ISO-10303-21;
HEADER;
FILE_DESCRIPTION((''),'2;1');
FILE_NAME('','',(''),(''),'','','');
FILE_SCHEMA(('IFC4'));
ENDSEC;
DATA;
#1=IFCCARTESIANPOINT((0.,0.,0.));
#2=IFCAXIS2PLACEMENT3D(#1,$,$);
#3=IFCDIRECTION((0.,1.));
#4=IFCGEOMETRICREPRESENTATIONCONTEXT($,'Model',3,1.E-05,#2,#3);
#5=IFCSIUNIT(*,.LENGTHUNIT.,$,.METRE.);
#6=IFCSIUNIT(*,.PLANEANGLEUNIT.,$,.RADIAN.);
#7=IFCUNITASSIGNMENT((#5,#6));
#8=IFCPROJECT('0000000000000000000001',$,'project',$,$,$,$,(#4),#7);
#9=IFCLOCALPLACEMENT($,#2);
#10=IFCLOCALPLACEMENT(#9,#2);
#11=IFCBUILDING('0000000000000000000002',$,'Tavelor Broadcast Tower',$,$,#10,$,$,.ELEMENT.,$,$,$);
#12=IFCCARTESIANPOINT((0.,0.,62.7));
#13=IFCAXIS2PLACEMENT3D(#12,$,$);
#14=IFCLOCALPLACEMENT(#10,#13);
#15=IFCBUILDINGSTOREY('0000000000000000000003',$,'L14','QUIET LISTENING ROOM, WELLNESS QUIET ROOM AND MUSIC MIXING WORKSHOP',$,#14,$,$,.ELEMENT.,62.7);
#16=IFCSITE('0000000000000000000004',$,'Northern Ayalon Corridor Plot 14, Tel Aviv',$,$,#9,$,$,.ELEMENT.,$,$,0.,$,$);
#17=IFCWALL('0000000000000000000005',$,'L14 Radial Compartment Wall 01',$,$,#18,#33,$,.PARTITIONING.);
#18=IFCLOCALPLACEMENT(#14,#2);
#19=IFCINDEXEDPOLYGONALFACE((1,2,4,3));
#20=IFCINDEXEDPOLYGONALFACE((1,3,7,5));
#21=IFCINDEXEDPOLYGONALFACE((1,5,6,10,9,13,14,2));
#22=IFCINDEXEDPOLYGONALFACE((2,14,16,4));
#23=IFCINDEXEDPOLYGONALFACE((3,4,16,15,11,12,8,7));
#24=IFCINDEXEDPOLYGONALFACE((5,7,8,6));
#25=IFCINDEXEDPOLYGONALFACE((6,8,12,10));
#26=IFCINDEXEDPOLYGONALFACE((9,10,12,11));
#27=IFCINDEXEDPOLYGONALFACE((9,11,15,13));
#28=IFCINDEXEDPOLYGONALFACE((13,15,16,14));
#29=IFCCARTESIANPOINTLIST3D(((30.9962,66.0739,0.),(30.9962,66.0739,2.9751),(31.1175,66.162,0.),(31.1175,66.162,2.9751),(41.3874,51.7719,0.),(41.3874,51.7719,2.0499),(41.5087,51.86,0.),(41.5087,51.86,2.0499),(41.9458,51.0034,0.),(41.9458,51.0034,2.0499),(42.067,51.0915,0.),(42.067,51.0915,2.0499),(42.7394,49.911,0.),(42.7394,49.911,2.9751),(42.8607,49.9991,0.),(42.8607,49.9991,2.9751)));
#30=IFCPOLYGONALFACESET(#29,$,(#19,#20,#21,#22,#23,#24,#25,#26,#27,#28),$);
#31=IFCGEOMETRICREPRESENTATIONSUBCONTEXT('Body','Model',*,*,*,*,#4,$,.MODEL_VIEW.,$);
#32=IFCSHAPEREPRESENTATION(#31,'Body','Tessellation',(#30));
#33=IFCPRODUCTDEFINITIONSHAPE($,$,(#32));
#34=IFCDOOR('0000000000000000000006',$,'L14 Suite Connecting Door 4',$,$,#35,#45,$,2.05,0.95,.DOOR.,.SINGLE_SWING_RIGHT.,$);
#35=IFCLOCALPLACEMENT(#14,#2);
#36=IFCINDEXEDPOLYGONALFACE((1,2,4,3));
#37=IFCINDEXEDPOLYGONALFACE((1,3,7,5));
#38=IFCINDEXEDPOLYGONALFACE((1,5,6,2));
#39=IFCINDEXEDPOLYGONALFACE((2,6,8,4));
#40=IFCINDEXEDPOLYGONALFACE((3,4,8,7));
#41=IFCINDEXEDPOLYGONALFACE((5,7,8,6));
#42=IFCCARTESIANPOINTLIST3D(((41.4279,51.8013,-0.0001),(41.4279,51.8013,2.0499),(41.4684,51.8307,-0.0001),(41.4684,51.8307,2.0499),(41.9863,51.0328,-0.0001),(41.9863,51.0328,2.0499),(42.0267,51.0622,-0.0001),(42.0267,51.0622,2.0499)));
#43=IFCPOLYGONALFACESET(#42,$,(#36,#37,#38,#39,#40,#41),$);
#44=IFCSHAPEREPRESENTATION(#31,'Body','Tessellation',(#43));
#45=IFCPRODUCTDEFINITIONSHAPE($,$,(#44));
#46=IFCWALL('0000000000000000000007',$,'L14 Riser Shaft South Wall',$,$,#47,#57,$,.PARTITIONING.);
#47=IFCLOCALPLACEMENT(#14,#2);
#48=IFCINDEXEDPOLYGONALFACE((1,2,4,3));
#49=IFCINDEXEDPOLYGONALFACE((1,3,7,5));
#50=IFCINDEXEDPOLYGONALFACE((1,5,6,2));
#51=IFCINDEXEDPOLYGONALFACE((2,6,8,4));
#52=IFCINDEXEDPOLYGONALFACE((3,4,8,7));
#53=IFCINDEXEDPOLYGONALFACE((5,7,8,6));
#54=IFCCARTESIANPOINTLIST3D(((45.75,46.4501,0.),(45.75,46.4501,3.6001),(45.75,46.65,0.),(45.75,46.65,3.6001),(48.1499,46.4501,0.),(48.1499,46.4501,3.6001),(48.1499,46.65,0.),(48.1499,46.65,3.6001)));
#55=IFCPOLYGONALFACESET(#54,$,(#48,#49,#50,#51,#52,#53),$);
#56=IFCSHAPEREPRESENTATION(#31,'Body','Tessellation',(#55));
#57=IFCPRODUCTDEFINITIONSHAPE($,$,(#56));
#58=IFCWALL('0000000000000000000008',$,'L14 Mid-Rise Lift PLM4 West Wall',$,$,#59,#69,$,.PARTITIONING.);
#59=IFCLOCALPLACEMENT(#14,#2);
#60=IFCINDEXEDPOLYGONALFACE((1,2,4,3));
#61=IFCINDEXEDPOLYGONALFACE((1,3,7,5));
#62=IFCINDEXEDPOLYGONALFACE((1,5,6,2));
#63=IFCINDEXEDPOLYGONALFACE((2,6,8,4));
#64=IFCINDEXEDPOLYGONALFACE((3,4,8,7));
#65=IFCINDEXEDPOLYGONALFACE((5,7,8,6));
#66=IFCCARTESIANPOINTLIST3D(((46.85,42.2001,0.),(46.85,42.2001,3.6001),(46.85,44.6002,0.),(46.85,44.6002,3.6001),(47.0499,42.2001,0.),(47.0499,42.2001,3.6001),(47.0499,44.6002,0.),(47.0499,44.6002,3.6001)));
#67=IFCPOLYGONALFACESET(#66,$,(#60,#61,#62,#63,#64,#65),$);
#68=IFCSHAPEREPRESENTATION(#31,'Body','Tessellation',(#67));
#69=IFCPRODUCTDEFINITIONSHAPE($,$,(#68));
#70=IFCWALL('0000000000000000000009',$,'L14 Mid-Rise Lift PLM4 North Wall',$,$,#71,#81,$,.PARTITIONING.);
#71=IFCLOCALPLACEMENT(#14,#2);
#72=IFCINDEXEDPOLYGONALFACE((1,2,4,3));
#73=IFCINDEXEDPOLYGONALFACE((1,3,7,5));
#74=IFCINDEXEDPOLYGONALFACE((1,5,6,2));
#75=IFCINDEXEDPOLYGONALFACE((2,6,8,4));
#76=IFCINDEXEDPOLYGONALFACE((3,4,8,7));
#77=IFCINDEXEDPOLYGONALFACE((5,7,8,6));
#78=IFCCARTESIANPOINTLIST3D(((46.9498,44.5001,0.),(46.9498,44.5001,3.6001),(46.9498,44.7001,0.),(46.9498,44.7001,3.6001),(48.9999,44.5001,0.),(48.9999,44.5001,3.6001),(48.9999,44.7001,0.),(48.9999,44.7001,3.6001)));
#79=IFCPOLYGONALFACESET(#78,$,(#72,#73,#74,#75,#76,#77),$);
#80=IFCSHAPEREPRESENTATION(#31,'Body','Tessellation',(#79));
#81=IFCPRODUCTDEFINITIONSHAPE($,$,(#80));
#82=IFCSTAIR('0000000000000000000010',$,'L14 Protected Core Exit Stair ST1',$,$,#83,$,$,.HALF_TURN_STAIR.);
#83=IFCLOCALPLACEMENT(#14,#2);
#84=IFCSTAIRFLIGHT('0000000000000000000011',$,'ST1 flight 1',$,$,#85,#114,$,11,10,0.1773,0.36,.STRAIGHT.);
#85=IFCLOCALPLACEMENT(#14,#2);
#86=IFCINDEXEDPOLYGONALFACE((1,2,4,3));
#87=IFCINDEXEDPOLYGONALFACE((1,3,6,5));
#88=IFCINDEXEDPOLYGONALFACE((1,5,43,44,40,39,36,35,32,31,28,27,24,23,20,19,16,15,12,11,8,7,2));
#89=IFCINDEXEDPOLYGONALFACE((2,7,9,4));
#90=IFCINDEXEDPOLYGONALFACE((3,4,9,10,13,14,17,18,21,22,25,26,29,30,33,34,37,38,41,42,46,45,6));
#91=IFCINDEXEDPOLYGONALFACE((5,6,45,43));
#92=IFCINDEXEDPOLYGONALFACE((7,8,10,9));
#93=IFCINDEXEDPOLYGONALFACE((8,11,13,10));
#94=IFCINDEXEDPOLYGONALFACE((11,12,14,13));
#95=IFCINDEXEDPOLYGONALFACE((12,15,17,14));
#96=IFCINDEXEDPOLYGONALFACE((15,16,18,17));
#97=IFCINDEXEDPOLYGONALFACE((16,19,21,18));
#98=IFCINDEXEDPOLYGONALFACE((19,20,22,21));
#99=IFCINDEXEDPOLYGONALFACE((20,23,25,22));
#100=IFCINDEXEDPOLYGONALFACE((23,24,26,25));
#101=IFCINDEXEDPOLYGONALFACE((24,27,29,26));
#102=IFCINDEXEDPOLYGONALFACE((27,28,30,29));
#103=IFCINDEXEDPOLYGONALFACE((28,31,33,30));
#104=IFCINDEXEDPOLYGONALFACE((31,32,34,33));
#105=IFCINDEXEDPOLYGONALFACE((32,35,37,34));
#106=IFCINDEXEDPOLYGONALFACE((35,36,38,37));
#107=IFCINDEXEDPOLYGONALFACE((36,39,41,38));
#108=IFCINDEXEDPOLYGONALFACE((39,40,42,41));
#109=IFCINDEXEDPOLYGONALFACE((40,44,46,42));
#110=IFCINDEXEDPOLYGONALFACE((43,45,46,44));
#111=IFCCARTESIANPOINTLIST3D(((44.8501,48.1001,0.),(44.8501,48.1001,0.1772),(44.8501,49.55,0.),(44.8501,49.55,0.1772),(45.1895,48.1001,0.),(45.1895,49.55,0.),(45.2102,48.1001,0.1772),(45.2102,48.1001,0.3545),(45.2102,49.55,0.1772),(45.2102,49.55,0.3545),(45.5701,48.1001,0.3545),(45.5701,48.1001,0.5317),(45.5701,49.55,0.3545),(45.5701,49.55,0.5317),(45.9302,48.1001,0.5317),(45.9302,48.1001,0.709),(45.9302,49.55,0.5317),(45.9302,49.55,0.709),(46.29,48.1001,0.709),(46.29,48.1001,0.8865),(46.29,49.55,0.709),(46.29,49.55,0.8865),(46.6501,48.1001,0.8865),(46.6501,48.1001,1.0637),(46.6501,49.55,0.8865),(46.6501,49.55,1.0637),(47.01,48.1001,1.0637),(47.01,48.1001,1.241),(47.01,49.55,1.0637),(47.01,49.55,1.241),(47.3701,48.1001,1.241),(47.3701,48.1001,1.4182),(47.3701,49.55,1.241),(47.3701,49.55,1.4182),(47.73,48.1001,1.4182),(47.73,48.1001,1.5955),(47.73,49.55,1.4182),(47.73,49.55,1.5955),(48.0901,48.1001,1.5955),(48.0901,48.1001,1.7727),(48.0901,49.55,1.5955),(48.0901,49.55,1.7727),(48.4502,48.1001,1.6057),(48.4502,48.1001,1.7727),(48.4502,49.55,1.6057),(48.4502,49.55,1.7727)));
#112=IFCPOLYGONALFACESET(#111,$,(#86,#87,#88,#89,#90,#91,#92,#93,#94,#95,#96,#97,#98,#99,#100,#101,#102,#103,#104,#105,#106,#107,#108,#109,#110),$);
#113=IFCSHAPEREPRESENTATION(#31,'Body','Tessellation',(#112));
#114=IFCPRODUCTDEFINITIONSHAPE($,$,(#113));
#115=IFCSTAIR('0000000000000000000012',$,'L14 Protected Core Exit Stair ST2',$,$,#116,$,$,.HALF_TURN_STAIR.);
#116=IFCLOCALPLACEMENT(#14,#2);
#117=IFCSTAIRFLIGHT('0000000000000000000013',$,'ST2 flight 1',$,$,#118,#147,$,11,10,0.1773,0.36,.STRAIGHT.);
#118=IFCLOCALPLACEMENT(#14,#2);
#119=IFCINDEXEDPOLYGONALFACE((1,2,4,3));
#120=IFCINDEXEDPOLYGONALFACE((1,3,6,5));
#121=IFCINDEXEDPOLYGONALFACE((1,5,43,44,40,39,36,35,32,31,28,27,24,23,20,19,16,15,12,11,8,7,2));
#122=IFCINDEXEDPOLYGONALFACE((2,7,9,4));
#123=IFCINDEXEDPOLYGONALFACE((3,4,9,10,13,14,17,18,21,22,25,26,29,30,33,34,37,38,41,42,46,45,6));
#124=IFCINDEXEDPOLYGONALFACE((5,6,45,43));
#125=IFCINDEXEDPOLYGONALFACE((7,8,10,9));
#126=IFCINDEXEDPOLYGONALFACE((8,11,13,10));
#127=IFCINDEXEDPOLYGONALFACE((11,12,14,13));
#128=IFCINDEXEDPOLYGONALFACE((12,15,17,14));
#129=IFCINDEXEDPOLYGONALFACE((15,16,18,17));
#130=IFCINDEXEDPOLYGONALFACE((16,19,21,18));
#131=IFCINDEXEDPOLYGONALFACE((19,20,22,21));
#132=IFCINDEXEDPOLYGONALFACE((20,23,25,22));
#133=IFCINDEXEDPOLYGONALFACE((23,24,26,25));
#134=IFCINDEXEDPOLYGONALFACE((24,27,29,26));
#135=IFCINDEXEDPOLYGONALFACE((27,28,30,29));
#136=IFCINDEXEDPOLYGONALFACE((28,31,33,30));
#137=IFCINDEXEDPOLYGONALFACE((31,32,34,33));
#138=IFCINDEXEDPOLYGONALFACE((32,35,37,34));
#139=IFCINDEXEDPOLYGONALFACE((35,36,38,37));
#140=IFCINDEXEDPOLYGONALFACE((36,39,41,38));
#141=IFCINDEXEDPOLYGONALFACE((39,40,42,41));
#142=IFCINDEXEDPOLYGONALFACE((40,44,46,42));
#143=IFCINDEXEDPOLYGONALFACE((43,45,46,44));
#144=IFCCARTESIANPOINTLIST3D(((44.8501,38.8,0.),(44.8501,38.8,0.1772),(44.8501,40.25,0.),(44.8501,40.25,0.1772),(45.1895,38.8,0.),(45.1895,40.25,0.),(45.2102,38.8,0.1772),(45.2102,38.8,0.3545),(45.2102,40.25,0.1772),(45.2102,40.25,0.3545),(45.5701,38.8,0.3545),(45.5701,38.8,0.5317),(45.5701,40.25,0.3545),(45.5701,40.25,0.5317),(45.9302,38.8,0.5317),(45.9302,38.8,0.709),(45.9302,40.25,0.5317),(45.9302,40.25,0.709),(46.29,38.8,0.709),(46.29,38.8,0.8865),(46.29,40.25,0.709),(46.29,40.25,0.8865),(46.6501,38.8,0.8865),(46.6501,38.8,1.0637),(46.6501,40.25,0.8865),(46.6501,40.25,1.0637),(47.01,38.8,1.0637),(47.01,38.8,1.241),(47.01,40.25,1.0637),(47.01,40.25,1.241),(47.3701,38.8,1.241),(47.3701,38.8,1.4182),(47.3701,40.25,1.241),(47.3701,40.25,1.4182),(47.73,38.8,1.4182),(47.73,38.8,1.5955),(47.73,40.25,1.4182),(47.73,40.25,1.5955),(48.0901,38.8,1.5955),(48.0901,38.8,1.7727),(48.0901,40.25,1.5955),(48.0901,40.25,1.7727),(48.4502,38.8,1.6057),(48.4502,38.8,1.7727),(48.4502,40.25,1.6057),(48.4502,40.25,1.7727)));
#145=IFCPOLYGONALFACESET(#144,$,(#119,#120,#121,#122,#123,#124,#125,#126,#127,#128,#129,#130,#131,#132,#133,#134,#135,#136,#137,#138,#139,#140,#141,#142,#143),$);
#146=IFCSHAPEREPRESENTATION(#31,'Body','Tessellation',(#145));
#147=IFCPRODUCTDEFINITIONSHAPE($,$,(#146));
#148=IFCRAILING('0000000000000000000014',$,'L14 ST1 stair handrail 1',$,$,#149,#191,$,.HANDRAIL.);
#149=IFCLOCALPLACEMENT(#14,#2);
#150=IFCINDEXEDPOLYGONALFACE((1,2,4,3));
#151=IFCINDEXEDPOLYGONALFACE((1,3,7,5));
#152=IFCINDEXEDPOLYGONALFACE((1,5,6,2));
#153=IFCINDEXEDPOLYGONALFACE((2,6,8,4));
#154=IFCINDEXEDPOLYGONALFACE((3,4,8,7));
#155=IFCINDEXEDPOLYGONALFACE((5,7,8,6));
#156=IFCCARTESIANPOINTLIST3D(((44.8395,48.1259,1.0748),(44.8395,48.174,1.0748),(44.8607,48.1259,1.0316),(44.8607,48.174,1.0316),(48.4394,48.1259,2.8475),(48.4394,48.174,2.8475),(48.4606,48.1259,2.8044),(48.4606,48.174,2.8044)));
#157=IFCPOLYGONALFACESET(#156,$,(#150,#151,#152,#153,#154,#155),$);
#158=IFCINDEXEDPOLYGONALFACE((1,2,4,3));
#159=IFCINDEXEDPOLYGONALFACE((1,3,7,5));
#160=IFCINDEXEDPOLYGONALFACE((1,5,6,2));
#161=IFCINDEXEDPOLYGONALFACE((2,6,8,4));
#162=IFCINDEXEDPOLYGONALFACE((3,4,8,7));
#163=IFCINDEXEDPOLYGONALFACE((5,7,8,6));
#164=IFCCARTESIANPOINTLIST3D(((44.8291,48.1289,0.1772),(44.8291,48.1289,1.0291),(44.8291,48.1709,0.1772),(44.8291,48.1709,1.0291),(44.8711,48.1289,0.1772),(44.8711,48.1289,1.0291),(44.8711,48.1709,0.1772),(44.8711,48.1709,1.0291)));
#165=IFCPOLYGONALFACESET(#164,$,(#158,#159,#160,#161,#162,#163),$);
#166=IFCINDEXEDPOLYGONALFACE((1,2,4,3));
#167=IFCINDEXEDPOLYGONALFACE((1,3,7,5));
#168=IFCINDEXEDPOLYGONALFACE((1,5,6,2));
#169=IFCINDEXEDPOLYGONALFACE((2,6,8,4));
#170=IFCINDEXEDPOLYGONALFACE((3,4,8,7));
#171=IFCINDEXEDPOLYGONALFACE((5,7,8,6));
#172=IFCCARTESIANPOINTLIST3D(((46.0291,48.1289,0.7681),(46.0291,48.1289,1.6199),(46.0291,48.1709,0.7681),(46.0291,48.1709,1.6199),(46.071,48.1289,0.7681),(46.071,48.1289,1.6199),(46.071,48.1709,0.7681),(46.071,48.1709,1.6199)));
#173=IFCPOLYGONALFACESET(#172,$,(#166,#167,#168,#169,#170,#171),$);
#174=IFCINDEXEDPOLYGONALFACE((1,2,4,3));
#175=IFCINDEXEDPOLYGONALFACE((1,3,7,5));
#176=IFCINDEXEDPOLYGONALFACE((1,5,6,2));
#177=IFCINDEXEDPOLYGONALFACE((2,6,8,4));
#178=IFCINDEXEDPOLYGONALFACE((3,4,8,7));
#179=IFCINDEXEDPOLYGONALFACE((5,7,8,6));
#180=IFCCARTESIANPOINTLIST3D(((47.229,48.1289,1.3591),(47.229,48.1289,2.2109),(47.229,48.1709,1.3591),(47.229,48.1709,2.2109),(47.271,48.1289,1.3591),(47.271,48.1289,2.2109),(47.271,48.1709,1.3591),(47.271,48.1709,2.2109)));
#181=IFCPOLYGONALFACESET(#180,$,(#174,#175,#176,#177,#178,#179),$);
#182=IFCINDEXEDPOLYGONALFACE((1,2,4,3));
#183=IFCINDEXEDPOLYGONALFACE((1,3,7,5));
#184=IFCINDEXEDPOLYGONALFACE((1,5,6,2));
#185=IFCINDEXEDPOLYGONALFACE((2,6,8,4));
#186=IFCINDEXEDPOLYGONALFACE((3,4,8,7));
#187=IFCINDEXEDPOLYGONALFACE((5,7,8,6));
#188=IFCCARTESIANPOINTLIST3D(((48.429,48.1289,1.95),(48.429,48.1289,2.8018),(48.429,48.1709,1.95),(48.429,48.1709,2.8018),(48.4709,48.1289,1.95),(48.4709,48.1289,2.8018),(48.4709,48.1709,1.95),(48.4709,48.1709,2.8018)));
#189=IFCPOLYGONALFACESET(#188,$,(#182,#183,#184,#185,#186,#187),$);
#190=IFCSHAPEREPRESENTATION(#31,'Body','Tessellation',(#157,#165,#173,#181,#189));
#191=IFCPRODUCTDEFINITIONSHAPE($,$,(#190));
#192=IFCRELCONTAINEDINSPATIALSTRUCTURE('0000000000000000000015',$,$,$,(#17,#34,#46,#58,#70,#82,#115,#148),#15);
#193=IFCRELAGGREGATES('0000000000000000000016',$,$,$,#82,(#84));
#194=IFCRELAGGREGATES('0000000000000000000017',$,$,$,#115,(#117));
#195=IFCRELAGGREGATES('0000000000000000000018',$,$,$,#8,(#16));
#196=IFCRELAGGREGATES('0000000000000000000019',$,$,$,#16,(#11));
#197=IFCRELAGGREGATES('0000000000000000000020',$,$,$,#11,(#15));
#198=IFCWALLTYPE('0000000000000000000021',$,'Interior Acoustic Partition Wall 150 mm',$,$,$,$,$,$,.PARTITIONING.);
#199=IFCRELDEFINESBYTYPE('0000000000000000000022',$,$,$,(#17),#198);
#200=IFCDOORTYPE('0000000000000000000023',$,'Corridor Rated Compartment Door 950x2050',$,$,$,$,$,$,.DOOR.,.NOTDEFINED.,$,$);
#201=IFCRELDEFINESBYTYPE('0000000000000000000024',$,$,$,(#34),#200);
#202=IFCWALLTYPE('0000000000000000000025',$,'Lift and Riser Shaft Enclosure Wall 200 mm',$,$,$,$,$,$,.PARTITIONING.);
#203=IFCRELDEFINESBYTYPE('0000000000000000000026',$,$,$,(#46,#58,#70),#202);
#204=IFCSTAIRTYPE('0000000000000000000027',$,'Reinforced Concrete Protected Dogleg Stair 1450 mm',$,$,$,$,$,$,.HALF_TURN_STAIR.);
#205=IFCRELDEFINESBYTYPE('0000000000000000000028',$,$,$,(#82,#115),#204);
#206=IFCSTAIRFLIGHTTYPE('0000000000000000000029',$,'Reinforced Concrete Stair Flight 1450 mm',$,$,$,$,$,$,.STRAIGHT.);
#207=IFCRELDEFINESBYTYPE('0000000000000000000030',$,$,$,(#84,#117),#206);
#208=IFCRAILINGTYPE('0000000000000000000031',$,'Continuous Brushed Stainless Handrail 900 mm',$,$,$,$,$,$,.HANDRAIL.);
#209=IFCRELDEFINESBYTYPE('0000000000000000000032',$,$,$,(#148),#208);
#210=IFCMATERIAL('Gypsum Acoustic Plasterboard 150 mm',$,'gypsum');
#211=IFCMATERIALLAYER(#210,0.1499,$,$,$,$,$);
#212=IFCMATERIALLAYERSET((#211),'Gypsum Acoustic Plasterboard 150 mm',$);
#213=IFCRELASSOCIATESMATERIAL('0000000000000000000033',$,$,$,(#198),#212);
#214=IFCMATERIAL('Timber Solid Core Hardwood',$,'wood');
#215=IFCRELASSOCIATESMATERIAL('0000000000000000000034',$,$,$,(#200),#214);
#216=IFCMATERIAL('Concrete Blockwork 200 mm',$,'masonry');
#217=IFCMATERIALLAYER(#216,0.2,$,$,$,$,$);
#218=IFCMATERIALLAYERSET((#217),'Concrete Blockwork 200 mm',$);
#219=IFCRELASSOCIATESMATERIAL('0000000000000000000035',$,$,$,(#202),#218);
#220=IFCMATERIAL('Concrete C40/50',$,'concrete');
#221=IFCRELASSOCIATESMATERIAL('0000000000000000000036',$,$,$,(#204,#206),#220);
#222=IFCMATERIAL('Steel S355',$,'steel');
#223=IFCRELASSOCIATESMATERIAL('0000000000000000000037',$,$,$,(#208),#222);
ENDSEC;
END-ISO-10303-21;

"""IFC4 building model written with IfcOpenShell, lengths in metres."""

from ifc_helpers import new_model, si_unit, direction, frame, frame_2d, origin, origin_2d, place, context, subcontext, project, spatial, polyline, rectangle, outline, extrude, material, layer, layer_set, type_object, element, fill, aggregate, save


model = new_model("IFC4")

# Units and contexts
model_context = context("Model", 3, precision=1e-05, world=origin(), true_north=direction((0.0, 1.0)))
body_context = subcontext(model_context, "Body", "Model", "MODEL_VIEW")
ifc_project = project(units=[si_unit("LENGTHUNIT", "METRE"), si_unit("PLANEANGLEUNIT", "RADIAN")], contexts=[model_context])

# Site, building, storey
site_placement = place(None, origin())
site = spatial("IfcSite", under=ifc_project, at=site_placement, Name="Northern Ayalon Corridor Plot 14, Tel Aviv", CompositionType="ELEMENT", RefElevation=0.0)
building_placement = place(site_placement, origin())
building = spatial("IfcBuilding", under=site, at=building_placement, Name="Tavelor Broadcast Tower", CompositionType="ELEMENT")
storey_placement = place(building_placement, frame((0.0, 0.0, 62.7)))
storey = spatial("IfcBuildingStorey", under=building, at=storey_placement, Name="L14", Description="QUIET LISTENING ROOM, WELLNESS QUIET ROOM AND MUSIC MIXING WORKSHOP", CompositionType="ELEMENT", Elevation=62.7)

# Shared definitions
ifc_material_1 = material(Name="Concrete C40/50", Category="concrete")
ifc_material_2 = material(Name="Steel S355", Category="steel")

# Shared definitions
ifc_material_3 = material(Name="Timber Solid Core Hardwood", Category="wood")

# Shared definitions
ifc_material_4 = material(Name="Gypsum Acoustic Plasterboard 150 mm", Category="gypsum")
ifc_layer_1 = layer(ifc_material_4, 0.1499)
ifc_layer_set_1 = layer_set([ifc_layer_1], Name="Gypsum Acoustic Plasterboard 150 mm")
wall_type_1 = type_object("IfcWallType", Name="Interior Acoustic Partition Wall 150 mm", PredefinedType="PARTITIONING", material=ifc_layer_set_1)

# Wall, opening, door
wall_1_placement = place(storey_placement, frame((42.8, 49.9551, 0.0), z_axis=(0.0, 0.0, 1.0), x_axis=(-0.587791, 0.809013, 0.0)))
wall_1 = element("IfcWall", 1, at=wall_1_placement, inside=storey, type_object=wall_type_1, Name="L14 Radial Compartment Wall 01", PredefinedType="PARTITIONING", context=body_context, shape_type="SweptSolid", body=[
    extrude(rectangle(XDim=19.9785, YDim=0.1499, at=frame_2d((9.9893, 0.0))), origin(), (0.0, 0.0, 1.0), 2.9751),
])
opening_1_placement = place(wall_1_placement, frame((1.3501, 0.0, 0.0)))
opening_1 = element("IfcOpeningElement", 2, at=opening_1_placement, cuts=wall_1, PredefinedType="OPENING", context=body_context, shape_type="SweptSolid", body=[
    extrude(rectangle(XDim=0.95, YDim=2.05, at=frame_2d((0.4751, 1.0249))), frame((0.0, 0.085, 0.0), z_axis=(0.0, -1.0, 0.0), x_axis=(1.0, 0.0, 0.0)), (0.0, 0.0, 1.0), 0.1699),
])
door_type_1 = type_object("IfcDoorType", Name="Corridor Rated Compartment Door 950x2050", OperationType="NOTDEFINED", PredefinedType="DOOR", material=ifc_material_3)
door_1_placement = place(opening_1_placement, origin())
door_1 = element("IfcDoor", 3, at=door_1_placement, inside=storey, type_object=door_type_1, Name="L14 Suite Connecting Door 4", OperationType="SINGLE_SWING_RIGHT", OverallHeight=2.05, OverallWidth=0.95, PredefinedType="DOOR", context=body_context, shape_type="SweptSolid", body=[
    extrude(rectangle(XDim=0.95, YDim=2.05, at=frame_2d((0.4751, 1.0249))), frame((0.0, 0.0249, 0.0), z_axis=(0.0, -1.0, 0.0), x_axis=(1.0, 0.0, 0.0)), (0.0, 0.0, 1.0), 0.05),
])
fill(opening_1, door_1)

# Walls
ifc_material_5 = material(Name="Concrete Blockwork 200 mm", Category="masonry")
ifc_layer_2 = layer(ifc_material_5, 0.2)
ifc_layer_set_2 = layer_set([ifc_layer_2], Name="Concrete Blockwork 200 mm")
wall_type_2 = type_object("IfcWallType", Name="Lift and Riser Shaft Enclosure Wall 200 mm", PredefinedType="PARTITIONING", material=ifc_layer_set_2)
wall_2_placement = place(storey_placement, frame((45.75, 46.55, 0.0), z_axis=(0.0, 0.0, 1.0), x_axis=(1.0, 0.0, 0.0)))
element("IfcWall", 4, at=wall_2_placement, inside=storey, type_object=wall_type_2, Name="L14 Riser Shaft South Wall", PredefinedType="PARTITIONING", context=body_context, shape_type="SweptSolid", body=[
    extrude(rectangle(XDim=2.3999, YDim=0.2, at=frame_2d((1.2, 0.0))), origin(), (0.0, 0.0, 1.0), 3.6001),
])
wall_3_placement = place(storey_placement, frame((46.95, 42.2, 0.0), z_axis=(0.0, 0.0, 1.0), x_axis=(0.0, 1.0, 0.0)))
element("IfcWall", 5, at=wall_3_placement, inside=storey, type_object=wall_type_2, Name="L14 Mid-Rise Lift PLM4 West Wall", PredefinedType="PARTITIONING", context=body_context, shape_type="SweptSolid", body=[
    extrude(rectangle(XDim=2.4001, YDim=0.2, at=frame_2d((1.2002, 0.0))), origin(), (0.0, 0.0, 1.0), 3.6001),
])
wall_4_placement = place(storey_placement, frame((46.95, 44.6001, 0.0), z_axis=(0.0, 0.0, 1.0), x_axis=(1.0, 0.0, 0.0)))
element("IfcWall", 6, at=wall_4_placement, inside=storey, type_object=wall_type_2, Name="L14 Mid-Rise Lift PLM4 North Wall", PredefinedType="PARTITIONING", context=body_context, shape_type="SweptSolid", body=[
    extrude(rectangle(XDim=2.05, YDim=0.2, at=frame_2d((1.0249, 0.0))), origin(), (0.0, 0.0, 1.0), 3.6001),
])

# Stairs, stair flights
stair_type = type_object("IfcStairType", Name="Reinforced Concrete Protected Dogleg Stair 1450 mm", PredefinedType="HALF_TURN_STAIR", material=ifc_material_1)
stair_1_placement = place(storey_placement, origin())
stair_1 = element("IfcStair", 7, at=stair_1_placement, inside=storey, type_object=stair_type, Name="L14 Protected Core Exit Stair ST1", PredefinedType="HALF_TURN_STAIR")
stair_flight_type = type_object("IfcStairFlightType", Name="Reinforced Concrete Stair Flight 1450 mm", PredefinedType="STRAIGHT", material=ifc_material_1)
stair_flight_1_placement = place(storey_placement, frame((44.8501, 48.825, 0.0), z_axis=(0.0, 0.0, 1.0), x_axis=(1.0, 0.0, 0.0)))
stair_flight_1 = element("IfcStairFlight", 8, at=stair_flight_1_placement, type_object=stair_flight_type, Name="ST1 flight 1", NumberOfRisers=11, NumberOfTreads=10, PredefinedType="STRAIGHT", RiserHeight=0.1773, TreadLength=0.36, context=body_context, shape_type="SweptSolid", body=[
    extrude(outline(polyline([(0.0, 0.0), (0.0, 0.1772), (0.3601, 0.1772), (0.3601, 0.3545), (0.72, 0.3545), (0.72, 0.5317), (1.0801, 0.5317), (1.0801, 0.709), (1.4399, 0.709), (1.4399, 0.8865), (1.8, 0.8865), (1.8, 1.0637), (2.1599, 1.0637), (2.1599, 1.241), (2.52, 1.241), (2.52, 1.4182), (2.8799, 1.4182), (2.8799, 1.5955), (3.24, 1.5955), (3.24, 1.7727), (3.6001, 1.7727), (3.6001, 1.95), (3.6001, 1.6057), (0.3394, 0.0), (0.0, 0.0)])), frame((0.0, 0.7251, 0.0), z_axis=(0.0, -1.0, 0.0), x_axis=(1.0, 0.0, 0.0)), (0.0, 0.0, 1.0), 1.45),
])
aggregate(stair_1, [stair_flight_1])
stair_2_placement = place(storey_placement, origin())
stair_2 = element("IfcStair", 9, at=stair_2_placement, inside=storey, type_object=stair_type, Name="L14 Protected Core Exit Stair ST2", PredefinedType="HALF_TURN_STAIR")
stair_flight_2_placement = place(storey_placement, frame((44.8501, 39.5249, 0.0), z_axis=(0.0, 0.0, 1.0), x_axis=(1.0, 0.0, 0.0)))
stair_flight_2 = element("IfcStairFlight", 10, at=stair_flight_2_placement, type_object=stair_flight_type, Name="ST2 flight 1", NumberOfRisers=11, NumberOfTreads=10, PredefinedType="STRAIGHT", RiserHeight=0.1773, TreadLength=0.36, context=body_context, shape_type="SweptSolid", body=[
    extrude(outline(polyline([(0.0, 0.0), (0.0, 0.1772), (0.3601, 0.1772), (0.3601, 0.3545), (0.72, 0.3545), (0.72, 0.5317), (1.0801, 0.5317), (1.0801, 0.709), (1.4399, 0.709), (1.4399, 0.8865), (1.8, 0.8865), (1.8, 1.0637), (2.1599, 1.0637), (2.1599, 1.241), (2.52, 1.241), (2.52, 1.4182), (2.8799, 1.4182), (2.8799, 1.5955), (3.24, 1.5955), (3.24, 1.7727), (3.6001, 1.7727), (3.6001, 1.95), (3.6001, 1.6057), (0.3394, 0.0), (0.0, 0.0)])), frame((0.0, 0.7251, 0.0), z_axis=(0.0, -1.0, 0.0), x_axis=(1.0, 0.0, 0.0)), (0.0, 0.0, 1.0), 1.45),
])
aggregate(stair_2, [stair_flight_2])

# Railing
railing_type_1 = type_object("IfcRailingType", Name="Continuous Brushed Stainless Handrail 900 mm", PredefinedType="HANDRAIL", material=ifc_material_2)
railing_1_placement = place(storey_placement, frame((44.8501, 48.1499, 0.1772)))
element("IfcRailing", 11, at=railing_1_placement, inside=storey, type_object=railing_type_1, Name="L14 ST1 stair handrail 1", PredefinedType="HANDRAIL", context=body_context, shape_type="SweptSolid", body=[
    extrude(rectangle(XDim=0.0481, YDim=0.0481, at=origin_2d()), frame((0.0, 0.0, 0.876), z_axis=(0.897124, 0.0, 0.441778), x_axis=(0.0, 1.0, 0.0)), (0.0, 0.0, 1.0), 4.0127),
    extrude(rectangle(XDim=0.042, YDim=0.042, at=origin_2d()), origin(), (0.0, 0.0, 1.0), 0.8518),
    extrude(rectangle(XDim=0.042, YDim=0.042, at=origin_2d()), frame((1.2, 0.0, 0.5908)), (0.0, 0.0, 1.0), 0.8518),
    extrude(rectangle(XDim=0.042, YDim=0.042, at=origin_2d()), frame((2.3999, 0.0, 1.1819)), (0.0, 0.0, 1.0), 0.8518),
    extrude(rectangle(XDim=0.042, YDim=0.042, at=origin_2d()), frame((3.5999, 0.0, 1.7727)), (0.0, 0.0, 1.0), 0.8518),
])

save(model, "model.ifc")
